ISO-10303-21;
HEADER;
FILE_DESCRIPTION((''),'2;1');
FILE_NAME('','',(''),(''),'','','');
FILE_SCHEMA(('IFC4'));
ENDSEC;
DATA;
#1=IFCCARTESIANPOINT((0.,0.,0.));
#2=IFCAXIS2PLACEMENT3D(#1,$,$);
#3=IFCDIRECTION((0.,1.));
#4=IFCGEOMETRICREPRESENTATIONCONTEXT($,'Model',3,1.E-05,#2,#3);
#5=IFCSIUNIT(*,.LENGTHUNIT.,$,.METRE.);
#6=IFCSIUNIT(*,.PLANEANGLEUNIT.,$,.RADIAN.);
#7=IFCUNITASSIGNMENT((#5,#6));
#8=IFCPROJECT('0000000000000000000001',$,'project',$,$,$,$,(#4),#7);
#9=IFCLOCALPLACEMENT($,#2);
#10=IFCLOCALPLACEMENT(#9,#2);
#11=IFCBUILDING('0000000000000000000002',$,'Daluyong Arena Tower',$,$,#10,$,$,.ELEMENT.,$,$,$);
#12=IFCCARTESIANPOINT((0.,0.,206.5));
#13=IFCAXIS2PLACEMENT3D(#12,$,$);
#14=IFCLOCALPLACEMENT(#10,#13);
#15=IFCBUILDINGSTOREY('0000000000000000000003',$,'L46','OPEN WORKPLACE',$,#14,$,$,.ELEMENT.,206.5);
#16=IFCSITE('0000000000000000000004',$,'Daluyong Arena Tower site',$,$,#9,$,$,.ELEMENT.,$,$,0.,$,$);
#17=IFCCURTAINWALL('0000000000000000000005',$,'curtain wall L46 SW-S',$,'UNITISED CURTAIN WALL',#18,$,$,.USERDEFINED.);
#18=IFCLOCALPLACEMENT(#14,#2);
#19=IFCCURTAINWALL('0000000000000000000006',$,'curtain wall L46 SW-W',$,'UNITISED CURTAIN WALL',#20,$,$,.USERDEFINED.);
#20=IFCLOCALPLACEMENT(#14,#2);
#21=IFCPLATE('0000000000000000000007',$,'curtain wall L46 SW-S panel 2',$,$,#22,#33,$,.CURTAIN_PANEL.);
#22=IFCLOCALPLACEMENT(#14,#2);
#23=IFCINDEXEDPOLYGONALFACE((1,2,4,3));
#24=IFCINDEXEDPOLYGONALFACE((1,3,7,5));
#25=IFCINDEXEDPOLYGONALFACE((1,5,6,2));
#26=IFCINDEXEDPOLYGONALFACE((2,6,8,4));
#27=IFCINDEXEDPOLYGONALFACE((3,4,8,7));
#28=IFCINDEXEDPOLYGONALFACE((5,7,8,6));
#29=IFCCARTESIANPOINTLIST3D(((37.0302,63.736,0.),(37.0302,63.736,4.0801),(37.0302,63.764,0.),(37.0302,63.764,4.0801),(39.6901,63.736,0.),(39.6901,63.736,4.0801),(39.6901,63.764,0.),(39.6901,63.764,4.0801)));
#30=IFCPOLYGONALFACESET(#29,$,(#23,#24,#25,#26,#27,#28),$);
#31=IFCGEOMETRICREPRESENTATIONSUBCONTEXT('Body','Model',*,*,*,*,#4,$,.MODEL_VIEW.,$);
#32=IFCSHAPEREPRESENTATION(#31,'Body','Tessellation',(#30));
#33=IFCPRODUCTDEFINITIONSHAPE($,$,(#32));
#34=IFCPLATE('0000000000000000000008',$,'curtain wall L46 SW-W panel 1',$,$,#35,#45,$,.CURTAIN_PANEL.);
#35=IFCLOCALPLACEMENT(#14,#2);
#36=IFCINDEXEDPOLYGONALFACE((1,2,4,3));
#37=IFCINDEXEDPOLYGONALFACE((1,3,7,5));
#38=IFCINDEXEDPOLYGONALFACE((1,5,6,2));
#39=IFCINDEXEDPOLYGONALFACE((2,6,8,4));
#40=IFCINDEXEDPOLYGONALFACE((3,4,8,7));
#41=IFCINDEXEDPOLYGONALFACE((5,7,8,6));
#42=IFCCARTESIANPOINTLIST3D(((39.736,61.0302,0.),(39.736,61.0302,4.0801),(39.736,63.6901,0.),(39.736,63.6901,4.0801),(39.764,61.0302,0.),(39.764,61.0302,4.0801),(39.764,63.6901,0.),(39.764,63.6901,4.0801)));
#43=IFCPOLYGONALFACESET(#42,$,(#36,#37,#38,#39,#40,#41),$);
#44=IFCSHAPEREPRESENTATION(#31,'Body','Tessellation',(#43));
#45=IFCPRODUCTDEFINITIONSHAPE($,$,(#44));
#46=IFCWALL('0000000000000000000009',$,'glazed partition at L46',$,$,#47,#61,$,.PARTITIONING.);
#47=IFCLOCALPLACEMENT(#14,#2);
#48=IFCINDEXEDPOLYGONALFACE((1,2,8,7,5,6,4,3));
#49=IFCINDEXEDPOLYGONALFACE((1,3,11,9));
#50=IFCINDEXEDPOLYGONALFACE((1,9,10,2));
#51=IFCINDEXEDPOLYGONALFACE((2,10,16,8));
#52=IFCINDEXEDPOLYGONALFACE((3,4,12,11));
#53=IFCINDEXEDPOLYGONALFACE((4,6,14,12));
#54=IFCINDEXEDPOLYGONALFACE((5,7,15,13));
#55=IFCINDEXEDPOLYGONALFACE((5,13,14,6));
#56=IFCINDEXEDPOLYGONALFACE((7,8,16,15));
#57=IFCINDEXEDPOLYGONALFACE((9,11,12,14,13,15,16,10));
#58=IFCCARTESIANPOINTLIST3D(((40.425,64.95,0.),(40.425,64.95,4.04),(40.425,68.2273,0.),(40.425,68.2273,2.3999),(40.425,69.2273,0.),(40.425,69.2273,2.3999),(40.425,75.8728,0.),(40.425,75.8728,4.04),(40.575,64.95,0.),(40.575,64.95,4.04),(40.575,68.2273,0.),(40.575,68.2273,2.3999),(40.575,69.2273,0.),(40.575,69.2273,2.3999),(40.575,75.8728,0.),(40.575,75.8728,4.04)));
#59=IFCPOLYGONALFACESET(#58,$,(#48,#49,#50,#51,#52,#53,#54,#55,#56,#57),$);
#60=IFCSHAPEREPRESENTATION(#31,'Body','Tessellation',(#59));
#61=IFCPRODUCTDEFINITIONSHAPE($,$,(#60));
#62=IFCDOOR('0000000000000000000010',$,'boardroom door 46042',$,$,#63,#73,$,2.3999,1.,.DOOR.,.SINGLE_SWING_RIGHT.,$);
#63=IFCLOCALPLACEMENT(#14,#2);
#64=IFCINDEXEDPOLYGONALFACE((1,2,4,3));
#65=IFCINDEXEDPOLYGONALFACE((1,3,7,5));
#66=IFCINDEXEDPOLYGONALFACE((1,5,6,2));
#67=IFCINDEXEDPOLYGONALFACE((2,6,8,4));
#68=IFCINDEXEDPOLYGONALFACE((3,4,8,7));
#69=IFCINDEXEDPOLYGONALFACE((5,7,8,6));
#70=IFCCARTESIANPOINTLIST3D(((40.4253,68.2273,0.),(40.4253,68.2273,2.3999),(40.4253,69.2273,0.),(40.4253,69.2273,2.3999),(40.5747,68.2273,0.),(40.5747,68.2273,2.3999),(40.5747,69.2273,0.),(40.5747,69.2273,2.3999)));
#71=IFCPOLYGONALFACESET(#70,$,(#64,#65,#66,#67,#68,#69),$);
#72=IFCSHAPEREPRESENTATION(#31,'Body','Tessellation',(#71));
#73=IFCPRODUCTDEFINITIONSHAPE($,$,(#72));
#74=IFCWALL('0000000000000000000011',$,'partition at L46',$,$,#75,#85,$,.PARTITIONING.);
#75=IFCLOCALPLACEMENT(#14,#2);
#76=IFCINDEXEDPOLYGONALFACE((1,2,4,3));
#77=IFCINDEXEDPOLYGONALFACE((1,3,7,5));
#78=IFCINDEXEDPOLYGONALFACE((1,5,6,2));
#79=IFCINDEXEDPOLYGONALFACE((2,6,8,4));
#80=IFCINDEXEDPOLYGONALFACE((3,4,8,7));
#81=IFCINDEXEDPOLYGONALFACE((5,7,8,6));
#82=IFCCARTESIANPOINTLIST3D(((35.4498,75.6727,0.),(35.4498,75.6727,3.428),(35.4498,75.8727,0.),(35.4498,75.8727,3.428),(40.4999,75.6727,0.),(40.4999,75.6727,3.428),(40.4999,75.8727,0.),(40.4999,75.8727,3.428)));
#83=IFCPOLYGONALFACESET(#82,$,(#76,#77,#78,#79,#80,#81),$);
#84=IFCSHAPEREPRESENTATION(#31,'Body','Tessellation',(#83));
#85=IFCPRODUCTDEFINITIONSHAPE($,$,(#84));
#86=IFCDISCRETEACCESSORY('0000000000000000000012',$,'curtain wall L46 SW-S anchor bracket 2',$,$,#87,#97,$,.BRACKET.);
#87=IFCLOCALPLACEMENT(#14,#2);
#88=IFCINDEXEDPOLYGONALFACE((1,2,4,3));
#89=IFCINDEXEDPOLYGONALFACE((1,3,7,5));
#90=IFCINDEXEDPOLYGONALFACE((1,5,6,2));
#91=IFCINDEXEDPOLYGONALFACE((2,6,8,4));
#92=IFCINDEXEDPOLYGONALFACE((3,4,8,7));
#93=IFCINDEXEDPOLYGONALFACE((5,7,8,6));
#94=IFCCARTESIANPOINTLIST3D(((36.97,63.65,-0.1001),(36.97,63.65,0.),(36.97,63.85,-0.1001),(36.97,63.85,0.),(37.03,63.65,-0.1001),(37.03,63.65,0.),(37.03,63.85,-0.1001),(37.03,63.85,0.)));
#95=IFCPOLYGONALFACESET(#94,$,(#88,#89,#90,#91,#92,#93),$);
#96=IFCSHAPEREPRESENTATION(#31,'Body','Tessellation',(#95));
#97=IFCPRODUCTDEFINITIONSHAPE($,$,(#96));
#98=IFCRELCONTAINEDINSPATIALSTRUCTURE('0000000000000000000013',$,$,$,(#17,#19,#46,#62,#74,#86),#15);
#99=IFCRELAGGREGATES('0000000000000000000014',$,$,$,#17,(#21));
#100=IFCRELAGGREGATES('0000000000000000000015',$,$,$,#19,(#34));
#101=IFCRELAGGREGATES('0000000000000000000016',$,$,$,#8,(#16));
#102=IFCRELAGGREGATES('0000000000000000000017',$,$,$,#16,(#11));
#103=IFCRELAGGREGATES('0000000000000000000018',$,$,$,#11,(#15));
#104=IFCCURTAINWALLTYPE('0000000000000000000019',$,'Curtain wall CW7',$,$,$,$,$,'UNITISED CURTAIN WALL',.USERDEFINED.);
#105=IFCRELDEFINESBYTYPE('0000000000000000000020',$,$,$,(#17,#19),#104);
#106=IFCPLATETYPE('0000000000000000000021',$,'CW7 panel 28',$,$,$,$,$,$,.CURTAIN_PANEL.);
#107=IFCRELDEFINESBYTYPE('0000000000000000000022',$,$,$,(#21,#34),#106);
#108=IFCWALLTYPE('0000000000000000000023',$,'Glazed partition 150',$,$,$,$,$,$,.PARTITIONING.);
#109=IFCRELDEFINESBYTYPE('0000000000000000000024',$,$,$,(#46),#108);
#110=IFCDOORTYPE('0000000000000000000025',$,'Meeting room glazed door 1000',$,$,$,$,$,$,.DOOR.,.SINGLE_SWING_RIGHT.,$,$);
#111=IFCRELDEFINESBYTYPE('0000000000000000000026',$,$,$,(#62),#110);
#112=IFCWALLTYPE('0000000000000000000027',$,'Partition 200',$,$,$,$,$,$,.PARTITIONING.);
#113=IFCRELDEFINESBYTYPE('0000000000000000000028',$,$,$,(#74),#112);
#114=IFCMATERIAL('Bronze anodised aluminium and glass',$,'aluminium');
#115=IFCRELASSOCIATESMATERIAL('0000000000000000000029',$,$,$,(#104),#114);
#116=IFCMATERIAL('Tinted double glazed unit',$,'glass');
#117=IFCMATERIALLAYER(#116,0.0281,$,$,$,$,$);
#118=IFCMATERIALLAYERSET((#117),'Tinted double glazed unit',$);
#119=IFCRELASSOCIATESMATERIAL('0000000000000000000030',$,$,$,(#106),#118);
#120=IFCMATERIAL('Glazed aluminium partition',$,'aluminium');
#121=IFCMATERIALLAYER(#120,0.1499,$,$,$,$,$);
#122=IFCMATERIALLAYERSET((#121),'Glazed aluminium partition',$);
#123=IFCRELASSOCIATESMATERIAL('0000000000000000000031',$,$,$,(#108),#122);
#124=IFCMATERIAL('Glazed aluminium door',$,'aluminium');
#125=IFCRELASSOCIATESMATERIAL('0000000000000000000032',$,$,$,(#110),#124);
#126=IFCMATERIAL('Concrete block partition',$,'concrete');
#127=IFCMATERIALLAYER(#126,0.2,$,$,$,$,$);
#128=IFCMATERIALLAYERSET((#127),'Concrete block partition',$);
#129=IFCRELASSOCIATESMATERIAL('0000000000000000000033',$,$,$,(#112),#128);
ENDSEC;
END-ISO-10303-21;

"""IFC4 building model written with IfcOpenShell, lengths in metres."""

from ifc_helpers import new_model, si_unit, direction, frame, frame_2d, origin, origin_2d, place, context, subcontext, project, spatial, rectangle, extrude, material, layer, layer_set, type_object, element, fill, aggregate, save


model = new_model("IFC4")

# Units and contexts
model_context = context("Model", 3, precision=1e-05, world=origin(), true_north=direction((0.0, 1.0)))
body_context = subcontext(model_context, "Body", "Model", "MODEL_VIEW")
ifc_project = project(units=[si_unit("LENGTHUNIT", "METRE"), si_unit("PLANEANGLEUNIT", "RADIAN")], contexts=[model_context])

# Site, building, storey
site_placement = place(None, origin())
site = spatial("IfcSite", under=ifc_project, at=site_placement, Name="Daluyong Arena Tower site", CompositionType="ELEMENT", RefElevation=0.0)
building_placement = place(site_placement, origin())
building = spatial("IfcBuilding", under=site, at=building_placement, Name="Daluyong Arena Tower", CompositionType="ELEMENT")
storey_placement = place(building_placement, frame((0.0, 0.0, 206.5)))
storey = spatial("IfcBuildingStorey", under=building, at=storey_placement, Name="L46", Description="OPEN WORKPLACE", CompositionType="ELEMENT", Elevation=206.5)

# Curtain wall
ifc_material_1 = material(Name="Bronze anodised aluminium and glass", Category="aluminium")
curtain_wall_type = type_object("IfcCurtainWallType", Name="Curtain wall CW7", ElementType="UNITISED CURTAIN WALL", PredefinedType="USERDEFINED", material=ifc_material_1)
curtain_wall_1_placement = place(storey_placement, origin())
curtain_wall_1 = element("IfcCurtainWall", 1, at=curtain_wall_1_placement, inside=storey, type_object=curtain_wall_type, Name="curtain wall L46 SW-S", ObjectType="UNITISED CURTAIN WALL", PredefinedType="USERDEFINED")

# Curtain wall
curtain_wall_2_placement = place(storey_placement, origin())
curtain_wall_2 = element("IfcCurtainWall", 2, at=curtain_wall_2_placement, inside=storey, type_object=curtain_wall_type, Name="curtain wall L46 SW-W", ObjectType="UNITISED CURTAIN WALL", PredefinedType="USERDEFINED")

# Plates
ifc_material_2 = material(Name="Tinted double glazed unit", Category="glass")
ifc_layer_1 = layer(ifc_material_2, 0.0281)
ifc_layer_set_1 = layer_set([ifc_layer_1], Name="Tinted double glazed unit")
plate_type = type_object("IfcPlateType", Name="CW7 panel 28", PredefinedType="CURTAIN_PANEL", material=ifc_layer_set_1)
plate_1_placement = place(storey_placement, frame((38.3601, 63.75, 0.0), z_axis=(0.0, 0.0, 1.0), x_axis=(1.0, 0.0, 0.0)))
plate_1 = element("IfcPlate", 3, at=plate_1_placement, type_object=plate_type, Name="curtain wall L46 SW-S panel 2", PredefinedType="CURTAIN_PANEL", context=body_context, shape_type="SweptSolid", body=[
    extrude(rectangle(XDim=2.6599, YDim=0.0281, at=origin_2d()), origin(), (0.0, 0.0, 1.0), 4.0801),
])
aggregate(curtain_wall_1, [plate_1])
plate_2_placement = place(storey_placement, frame((39.75, 62.3601, 0.0), z_axis=(0.0, 0.0, 1.0), x_axis=(0.0, -1.0, 0.0)))
plate_2 = element("IfcPlate", 4, at=plate_2_placement, type_object=plate_type, Name="curtain wall L46 SW-W panel 1", PredefinedType="CURTAIN_PANEL", context=body_context, shape_type="SweptSolid", body=[
    extrude(rectangle(XDim=2.6599, YDim=0.0281, at=origin_2d()), origin(), (0.0, 0.0, 1.0), 4.0801),
])
aggregate(curtain_wall_2, [plate_2])

# Wall, opening, door
ifc_material_3 = material(Name="Glazed aluminium partition", Category="aluminium")
ifc_layer_2 = layer(ifc_material_3, 0.1499)
ifc_layer_set_2 = layer_set([ifc_layer_2], Name="Glazed aluminium partition")
wall_type_1 = type_object("IfcWallType", Name="Glazed partition 150", PredefinedType="PARTITIONING", material=ifc_layer_set_2)
wall_1_placement = place(storey_placement, frame((40.5, 64.95, 0.0), z_axis=(0.0, 0.0, 1.0), x_axis=(0.0, 1.0, 0.0)))
wall_1 = element("IfcWall", 5, at=wall_1_placement, inside=storey, type_object=wall_type_1, Name="glazed partition at L46", PredefinedType="PARTITIONING", context=body_context, shape_type="SweptSolid", body=[
    extrude(rectangle(XDim=10.9229, YDim=0.1499, at=frame_2d((5.4614, 0.0))), origin(), (0.0, 0.0, 1.0), 4.04),
])
opening_1_placement = place(wall_1_placement, frame((3.2773, 0.0, 0.0)))
opening_1 = element("IfcOpeningElement", 6, at=opening_1_placement, cuts=wall_1, PredefinedType="OPENING", context=body_context, shape_type="SweptSolid", body=[
    extrude(rectangle(XDim=1.0, YDim=2.3999, at=frame_2d((0.5, 1.2))), frame((0.0, 0.085, 0.0), z_axis=(0.0, -1.0, 0.0), x_axis=(1.0, 0.0, 0.0)), (0.0, 0.0, 1.0), 0.1699),
])
ifc_material_4 = material(Name="Glazed aluminium door", Category="aluminium")
door_type_1 = type_object("IfcDoorType", Name="Meeting room glazed door 1000", OperationType="SINGLE_SWING_RIGHT", PredefinedType="DOOR", material=ifc_material_4)
door_1_placement = place(opening_1_placement, origin())
door_1 = element("IfcDoor", 7, at=door_1_placement, inside=storey, type_object=door_type_1, Name="boardroom door 46042", OperationType="SINGLE_SWING_RIGHT", OverallHeight=2.3999, OverallWidth=1.0, PredefinedType="DOOR", context=body_context, shape_type="SweptSolid", body=[
    extrude(rectangle(XDim=1.0, YDim=2.3999, at=frame_2d((0.5, 1.2))), frame((0.0, 0.0747, 0.0), z_axis=(0.0, -1.0, 0.0), x_axis=(1.0, 0.0, 0.0)), (0.0, 0.0, 1.0), 0.1494),
])
fill(opening_1, door_1)

# Wall
ifc_material_5 = material(Name="Concrete block partition", Category="concrete")
ifc_layer_3 = layer(ifc_material_5, 0.2)
ifc_layer_set_3 = layer_set([ifc_layer_3], Name="Concrete block partition")
wall_type_2 = type_object("IfcWallType", Name="Partition 200", PredefinedType="PARTITIONING", material=ifc_layer_set_3)
wall_2_placement = place(storey_placement, frame((35.45, 75.7727, 0.0), z_axis=(0.0, 0.0, 1.0), x_axis=(1.0, 0.0, 0.0)))
element("IfcWall", 8, at=wall_2_placement, inside=storey, type_object=wall_type_2, Name="partition at L46", PredefinedType="PARTITIONING", context=body_context, shape_type="SweptSolid", body=[
    extrude(rectangle(XDim=5.05, YDim=0.2, at=frame_2d((2.5249, 0.0))), origin(), (0.0, 0.0, 1.0), 3.428),
])

# Discrete accessory
discrete_accessory_placement = place(storey_placement, frame((37.0, 63.75, -0.1001), z_axis=(0.0, 0.0, 1.0), x_axis=(1.0, 0.0, 0.0)))
element("IfcDiscreteAccessory", 9, at=discrete_accessory_placement, inside=storey, Name="curtain wall L46 SW-S anchor bracket 2", PredefinedType="BRACKET", context=body_context, shape_type="SweptSolid", body=[
    extrude(rectangle(XDim=0.0601, YDim=0.2, at=origin_2d()), origin(), (0.0, 0.0, 1.0), 0.1001),
])

save(model, "model.ifc")
